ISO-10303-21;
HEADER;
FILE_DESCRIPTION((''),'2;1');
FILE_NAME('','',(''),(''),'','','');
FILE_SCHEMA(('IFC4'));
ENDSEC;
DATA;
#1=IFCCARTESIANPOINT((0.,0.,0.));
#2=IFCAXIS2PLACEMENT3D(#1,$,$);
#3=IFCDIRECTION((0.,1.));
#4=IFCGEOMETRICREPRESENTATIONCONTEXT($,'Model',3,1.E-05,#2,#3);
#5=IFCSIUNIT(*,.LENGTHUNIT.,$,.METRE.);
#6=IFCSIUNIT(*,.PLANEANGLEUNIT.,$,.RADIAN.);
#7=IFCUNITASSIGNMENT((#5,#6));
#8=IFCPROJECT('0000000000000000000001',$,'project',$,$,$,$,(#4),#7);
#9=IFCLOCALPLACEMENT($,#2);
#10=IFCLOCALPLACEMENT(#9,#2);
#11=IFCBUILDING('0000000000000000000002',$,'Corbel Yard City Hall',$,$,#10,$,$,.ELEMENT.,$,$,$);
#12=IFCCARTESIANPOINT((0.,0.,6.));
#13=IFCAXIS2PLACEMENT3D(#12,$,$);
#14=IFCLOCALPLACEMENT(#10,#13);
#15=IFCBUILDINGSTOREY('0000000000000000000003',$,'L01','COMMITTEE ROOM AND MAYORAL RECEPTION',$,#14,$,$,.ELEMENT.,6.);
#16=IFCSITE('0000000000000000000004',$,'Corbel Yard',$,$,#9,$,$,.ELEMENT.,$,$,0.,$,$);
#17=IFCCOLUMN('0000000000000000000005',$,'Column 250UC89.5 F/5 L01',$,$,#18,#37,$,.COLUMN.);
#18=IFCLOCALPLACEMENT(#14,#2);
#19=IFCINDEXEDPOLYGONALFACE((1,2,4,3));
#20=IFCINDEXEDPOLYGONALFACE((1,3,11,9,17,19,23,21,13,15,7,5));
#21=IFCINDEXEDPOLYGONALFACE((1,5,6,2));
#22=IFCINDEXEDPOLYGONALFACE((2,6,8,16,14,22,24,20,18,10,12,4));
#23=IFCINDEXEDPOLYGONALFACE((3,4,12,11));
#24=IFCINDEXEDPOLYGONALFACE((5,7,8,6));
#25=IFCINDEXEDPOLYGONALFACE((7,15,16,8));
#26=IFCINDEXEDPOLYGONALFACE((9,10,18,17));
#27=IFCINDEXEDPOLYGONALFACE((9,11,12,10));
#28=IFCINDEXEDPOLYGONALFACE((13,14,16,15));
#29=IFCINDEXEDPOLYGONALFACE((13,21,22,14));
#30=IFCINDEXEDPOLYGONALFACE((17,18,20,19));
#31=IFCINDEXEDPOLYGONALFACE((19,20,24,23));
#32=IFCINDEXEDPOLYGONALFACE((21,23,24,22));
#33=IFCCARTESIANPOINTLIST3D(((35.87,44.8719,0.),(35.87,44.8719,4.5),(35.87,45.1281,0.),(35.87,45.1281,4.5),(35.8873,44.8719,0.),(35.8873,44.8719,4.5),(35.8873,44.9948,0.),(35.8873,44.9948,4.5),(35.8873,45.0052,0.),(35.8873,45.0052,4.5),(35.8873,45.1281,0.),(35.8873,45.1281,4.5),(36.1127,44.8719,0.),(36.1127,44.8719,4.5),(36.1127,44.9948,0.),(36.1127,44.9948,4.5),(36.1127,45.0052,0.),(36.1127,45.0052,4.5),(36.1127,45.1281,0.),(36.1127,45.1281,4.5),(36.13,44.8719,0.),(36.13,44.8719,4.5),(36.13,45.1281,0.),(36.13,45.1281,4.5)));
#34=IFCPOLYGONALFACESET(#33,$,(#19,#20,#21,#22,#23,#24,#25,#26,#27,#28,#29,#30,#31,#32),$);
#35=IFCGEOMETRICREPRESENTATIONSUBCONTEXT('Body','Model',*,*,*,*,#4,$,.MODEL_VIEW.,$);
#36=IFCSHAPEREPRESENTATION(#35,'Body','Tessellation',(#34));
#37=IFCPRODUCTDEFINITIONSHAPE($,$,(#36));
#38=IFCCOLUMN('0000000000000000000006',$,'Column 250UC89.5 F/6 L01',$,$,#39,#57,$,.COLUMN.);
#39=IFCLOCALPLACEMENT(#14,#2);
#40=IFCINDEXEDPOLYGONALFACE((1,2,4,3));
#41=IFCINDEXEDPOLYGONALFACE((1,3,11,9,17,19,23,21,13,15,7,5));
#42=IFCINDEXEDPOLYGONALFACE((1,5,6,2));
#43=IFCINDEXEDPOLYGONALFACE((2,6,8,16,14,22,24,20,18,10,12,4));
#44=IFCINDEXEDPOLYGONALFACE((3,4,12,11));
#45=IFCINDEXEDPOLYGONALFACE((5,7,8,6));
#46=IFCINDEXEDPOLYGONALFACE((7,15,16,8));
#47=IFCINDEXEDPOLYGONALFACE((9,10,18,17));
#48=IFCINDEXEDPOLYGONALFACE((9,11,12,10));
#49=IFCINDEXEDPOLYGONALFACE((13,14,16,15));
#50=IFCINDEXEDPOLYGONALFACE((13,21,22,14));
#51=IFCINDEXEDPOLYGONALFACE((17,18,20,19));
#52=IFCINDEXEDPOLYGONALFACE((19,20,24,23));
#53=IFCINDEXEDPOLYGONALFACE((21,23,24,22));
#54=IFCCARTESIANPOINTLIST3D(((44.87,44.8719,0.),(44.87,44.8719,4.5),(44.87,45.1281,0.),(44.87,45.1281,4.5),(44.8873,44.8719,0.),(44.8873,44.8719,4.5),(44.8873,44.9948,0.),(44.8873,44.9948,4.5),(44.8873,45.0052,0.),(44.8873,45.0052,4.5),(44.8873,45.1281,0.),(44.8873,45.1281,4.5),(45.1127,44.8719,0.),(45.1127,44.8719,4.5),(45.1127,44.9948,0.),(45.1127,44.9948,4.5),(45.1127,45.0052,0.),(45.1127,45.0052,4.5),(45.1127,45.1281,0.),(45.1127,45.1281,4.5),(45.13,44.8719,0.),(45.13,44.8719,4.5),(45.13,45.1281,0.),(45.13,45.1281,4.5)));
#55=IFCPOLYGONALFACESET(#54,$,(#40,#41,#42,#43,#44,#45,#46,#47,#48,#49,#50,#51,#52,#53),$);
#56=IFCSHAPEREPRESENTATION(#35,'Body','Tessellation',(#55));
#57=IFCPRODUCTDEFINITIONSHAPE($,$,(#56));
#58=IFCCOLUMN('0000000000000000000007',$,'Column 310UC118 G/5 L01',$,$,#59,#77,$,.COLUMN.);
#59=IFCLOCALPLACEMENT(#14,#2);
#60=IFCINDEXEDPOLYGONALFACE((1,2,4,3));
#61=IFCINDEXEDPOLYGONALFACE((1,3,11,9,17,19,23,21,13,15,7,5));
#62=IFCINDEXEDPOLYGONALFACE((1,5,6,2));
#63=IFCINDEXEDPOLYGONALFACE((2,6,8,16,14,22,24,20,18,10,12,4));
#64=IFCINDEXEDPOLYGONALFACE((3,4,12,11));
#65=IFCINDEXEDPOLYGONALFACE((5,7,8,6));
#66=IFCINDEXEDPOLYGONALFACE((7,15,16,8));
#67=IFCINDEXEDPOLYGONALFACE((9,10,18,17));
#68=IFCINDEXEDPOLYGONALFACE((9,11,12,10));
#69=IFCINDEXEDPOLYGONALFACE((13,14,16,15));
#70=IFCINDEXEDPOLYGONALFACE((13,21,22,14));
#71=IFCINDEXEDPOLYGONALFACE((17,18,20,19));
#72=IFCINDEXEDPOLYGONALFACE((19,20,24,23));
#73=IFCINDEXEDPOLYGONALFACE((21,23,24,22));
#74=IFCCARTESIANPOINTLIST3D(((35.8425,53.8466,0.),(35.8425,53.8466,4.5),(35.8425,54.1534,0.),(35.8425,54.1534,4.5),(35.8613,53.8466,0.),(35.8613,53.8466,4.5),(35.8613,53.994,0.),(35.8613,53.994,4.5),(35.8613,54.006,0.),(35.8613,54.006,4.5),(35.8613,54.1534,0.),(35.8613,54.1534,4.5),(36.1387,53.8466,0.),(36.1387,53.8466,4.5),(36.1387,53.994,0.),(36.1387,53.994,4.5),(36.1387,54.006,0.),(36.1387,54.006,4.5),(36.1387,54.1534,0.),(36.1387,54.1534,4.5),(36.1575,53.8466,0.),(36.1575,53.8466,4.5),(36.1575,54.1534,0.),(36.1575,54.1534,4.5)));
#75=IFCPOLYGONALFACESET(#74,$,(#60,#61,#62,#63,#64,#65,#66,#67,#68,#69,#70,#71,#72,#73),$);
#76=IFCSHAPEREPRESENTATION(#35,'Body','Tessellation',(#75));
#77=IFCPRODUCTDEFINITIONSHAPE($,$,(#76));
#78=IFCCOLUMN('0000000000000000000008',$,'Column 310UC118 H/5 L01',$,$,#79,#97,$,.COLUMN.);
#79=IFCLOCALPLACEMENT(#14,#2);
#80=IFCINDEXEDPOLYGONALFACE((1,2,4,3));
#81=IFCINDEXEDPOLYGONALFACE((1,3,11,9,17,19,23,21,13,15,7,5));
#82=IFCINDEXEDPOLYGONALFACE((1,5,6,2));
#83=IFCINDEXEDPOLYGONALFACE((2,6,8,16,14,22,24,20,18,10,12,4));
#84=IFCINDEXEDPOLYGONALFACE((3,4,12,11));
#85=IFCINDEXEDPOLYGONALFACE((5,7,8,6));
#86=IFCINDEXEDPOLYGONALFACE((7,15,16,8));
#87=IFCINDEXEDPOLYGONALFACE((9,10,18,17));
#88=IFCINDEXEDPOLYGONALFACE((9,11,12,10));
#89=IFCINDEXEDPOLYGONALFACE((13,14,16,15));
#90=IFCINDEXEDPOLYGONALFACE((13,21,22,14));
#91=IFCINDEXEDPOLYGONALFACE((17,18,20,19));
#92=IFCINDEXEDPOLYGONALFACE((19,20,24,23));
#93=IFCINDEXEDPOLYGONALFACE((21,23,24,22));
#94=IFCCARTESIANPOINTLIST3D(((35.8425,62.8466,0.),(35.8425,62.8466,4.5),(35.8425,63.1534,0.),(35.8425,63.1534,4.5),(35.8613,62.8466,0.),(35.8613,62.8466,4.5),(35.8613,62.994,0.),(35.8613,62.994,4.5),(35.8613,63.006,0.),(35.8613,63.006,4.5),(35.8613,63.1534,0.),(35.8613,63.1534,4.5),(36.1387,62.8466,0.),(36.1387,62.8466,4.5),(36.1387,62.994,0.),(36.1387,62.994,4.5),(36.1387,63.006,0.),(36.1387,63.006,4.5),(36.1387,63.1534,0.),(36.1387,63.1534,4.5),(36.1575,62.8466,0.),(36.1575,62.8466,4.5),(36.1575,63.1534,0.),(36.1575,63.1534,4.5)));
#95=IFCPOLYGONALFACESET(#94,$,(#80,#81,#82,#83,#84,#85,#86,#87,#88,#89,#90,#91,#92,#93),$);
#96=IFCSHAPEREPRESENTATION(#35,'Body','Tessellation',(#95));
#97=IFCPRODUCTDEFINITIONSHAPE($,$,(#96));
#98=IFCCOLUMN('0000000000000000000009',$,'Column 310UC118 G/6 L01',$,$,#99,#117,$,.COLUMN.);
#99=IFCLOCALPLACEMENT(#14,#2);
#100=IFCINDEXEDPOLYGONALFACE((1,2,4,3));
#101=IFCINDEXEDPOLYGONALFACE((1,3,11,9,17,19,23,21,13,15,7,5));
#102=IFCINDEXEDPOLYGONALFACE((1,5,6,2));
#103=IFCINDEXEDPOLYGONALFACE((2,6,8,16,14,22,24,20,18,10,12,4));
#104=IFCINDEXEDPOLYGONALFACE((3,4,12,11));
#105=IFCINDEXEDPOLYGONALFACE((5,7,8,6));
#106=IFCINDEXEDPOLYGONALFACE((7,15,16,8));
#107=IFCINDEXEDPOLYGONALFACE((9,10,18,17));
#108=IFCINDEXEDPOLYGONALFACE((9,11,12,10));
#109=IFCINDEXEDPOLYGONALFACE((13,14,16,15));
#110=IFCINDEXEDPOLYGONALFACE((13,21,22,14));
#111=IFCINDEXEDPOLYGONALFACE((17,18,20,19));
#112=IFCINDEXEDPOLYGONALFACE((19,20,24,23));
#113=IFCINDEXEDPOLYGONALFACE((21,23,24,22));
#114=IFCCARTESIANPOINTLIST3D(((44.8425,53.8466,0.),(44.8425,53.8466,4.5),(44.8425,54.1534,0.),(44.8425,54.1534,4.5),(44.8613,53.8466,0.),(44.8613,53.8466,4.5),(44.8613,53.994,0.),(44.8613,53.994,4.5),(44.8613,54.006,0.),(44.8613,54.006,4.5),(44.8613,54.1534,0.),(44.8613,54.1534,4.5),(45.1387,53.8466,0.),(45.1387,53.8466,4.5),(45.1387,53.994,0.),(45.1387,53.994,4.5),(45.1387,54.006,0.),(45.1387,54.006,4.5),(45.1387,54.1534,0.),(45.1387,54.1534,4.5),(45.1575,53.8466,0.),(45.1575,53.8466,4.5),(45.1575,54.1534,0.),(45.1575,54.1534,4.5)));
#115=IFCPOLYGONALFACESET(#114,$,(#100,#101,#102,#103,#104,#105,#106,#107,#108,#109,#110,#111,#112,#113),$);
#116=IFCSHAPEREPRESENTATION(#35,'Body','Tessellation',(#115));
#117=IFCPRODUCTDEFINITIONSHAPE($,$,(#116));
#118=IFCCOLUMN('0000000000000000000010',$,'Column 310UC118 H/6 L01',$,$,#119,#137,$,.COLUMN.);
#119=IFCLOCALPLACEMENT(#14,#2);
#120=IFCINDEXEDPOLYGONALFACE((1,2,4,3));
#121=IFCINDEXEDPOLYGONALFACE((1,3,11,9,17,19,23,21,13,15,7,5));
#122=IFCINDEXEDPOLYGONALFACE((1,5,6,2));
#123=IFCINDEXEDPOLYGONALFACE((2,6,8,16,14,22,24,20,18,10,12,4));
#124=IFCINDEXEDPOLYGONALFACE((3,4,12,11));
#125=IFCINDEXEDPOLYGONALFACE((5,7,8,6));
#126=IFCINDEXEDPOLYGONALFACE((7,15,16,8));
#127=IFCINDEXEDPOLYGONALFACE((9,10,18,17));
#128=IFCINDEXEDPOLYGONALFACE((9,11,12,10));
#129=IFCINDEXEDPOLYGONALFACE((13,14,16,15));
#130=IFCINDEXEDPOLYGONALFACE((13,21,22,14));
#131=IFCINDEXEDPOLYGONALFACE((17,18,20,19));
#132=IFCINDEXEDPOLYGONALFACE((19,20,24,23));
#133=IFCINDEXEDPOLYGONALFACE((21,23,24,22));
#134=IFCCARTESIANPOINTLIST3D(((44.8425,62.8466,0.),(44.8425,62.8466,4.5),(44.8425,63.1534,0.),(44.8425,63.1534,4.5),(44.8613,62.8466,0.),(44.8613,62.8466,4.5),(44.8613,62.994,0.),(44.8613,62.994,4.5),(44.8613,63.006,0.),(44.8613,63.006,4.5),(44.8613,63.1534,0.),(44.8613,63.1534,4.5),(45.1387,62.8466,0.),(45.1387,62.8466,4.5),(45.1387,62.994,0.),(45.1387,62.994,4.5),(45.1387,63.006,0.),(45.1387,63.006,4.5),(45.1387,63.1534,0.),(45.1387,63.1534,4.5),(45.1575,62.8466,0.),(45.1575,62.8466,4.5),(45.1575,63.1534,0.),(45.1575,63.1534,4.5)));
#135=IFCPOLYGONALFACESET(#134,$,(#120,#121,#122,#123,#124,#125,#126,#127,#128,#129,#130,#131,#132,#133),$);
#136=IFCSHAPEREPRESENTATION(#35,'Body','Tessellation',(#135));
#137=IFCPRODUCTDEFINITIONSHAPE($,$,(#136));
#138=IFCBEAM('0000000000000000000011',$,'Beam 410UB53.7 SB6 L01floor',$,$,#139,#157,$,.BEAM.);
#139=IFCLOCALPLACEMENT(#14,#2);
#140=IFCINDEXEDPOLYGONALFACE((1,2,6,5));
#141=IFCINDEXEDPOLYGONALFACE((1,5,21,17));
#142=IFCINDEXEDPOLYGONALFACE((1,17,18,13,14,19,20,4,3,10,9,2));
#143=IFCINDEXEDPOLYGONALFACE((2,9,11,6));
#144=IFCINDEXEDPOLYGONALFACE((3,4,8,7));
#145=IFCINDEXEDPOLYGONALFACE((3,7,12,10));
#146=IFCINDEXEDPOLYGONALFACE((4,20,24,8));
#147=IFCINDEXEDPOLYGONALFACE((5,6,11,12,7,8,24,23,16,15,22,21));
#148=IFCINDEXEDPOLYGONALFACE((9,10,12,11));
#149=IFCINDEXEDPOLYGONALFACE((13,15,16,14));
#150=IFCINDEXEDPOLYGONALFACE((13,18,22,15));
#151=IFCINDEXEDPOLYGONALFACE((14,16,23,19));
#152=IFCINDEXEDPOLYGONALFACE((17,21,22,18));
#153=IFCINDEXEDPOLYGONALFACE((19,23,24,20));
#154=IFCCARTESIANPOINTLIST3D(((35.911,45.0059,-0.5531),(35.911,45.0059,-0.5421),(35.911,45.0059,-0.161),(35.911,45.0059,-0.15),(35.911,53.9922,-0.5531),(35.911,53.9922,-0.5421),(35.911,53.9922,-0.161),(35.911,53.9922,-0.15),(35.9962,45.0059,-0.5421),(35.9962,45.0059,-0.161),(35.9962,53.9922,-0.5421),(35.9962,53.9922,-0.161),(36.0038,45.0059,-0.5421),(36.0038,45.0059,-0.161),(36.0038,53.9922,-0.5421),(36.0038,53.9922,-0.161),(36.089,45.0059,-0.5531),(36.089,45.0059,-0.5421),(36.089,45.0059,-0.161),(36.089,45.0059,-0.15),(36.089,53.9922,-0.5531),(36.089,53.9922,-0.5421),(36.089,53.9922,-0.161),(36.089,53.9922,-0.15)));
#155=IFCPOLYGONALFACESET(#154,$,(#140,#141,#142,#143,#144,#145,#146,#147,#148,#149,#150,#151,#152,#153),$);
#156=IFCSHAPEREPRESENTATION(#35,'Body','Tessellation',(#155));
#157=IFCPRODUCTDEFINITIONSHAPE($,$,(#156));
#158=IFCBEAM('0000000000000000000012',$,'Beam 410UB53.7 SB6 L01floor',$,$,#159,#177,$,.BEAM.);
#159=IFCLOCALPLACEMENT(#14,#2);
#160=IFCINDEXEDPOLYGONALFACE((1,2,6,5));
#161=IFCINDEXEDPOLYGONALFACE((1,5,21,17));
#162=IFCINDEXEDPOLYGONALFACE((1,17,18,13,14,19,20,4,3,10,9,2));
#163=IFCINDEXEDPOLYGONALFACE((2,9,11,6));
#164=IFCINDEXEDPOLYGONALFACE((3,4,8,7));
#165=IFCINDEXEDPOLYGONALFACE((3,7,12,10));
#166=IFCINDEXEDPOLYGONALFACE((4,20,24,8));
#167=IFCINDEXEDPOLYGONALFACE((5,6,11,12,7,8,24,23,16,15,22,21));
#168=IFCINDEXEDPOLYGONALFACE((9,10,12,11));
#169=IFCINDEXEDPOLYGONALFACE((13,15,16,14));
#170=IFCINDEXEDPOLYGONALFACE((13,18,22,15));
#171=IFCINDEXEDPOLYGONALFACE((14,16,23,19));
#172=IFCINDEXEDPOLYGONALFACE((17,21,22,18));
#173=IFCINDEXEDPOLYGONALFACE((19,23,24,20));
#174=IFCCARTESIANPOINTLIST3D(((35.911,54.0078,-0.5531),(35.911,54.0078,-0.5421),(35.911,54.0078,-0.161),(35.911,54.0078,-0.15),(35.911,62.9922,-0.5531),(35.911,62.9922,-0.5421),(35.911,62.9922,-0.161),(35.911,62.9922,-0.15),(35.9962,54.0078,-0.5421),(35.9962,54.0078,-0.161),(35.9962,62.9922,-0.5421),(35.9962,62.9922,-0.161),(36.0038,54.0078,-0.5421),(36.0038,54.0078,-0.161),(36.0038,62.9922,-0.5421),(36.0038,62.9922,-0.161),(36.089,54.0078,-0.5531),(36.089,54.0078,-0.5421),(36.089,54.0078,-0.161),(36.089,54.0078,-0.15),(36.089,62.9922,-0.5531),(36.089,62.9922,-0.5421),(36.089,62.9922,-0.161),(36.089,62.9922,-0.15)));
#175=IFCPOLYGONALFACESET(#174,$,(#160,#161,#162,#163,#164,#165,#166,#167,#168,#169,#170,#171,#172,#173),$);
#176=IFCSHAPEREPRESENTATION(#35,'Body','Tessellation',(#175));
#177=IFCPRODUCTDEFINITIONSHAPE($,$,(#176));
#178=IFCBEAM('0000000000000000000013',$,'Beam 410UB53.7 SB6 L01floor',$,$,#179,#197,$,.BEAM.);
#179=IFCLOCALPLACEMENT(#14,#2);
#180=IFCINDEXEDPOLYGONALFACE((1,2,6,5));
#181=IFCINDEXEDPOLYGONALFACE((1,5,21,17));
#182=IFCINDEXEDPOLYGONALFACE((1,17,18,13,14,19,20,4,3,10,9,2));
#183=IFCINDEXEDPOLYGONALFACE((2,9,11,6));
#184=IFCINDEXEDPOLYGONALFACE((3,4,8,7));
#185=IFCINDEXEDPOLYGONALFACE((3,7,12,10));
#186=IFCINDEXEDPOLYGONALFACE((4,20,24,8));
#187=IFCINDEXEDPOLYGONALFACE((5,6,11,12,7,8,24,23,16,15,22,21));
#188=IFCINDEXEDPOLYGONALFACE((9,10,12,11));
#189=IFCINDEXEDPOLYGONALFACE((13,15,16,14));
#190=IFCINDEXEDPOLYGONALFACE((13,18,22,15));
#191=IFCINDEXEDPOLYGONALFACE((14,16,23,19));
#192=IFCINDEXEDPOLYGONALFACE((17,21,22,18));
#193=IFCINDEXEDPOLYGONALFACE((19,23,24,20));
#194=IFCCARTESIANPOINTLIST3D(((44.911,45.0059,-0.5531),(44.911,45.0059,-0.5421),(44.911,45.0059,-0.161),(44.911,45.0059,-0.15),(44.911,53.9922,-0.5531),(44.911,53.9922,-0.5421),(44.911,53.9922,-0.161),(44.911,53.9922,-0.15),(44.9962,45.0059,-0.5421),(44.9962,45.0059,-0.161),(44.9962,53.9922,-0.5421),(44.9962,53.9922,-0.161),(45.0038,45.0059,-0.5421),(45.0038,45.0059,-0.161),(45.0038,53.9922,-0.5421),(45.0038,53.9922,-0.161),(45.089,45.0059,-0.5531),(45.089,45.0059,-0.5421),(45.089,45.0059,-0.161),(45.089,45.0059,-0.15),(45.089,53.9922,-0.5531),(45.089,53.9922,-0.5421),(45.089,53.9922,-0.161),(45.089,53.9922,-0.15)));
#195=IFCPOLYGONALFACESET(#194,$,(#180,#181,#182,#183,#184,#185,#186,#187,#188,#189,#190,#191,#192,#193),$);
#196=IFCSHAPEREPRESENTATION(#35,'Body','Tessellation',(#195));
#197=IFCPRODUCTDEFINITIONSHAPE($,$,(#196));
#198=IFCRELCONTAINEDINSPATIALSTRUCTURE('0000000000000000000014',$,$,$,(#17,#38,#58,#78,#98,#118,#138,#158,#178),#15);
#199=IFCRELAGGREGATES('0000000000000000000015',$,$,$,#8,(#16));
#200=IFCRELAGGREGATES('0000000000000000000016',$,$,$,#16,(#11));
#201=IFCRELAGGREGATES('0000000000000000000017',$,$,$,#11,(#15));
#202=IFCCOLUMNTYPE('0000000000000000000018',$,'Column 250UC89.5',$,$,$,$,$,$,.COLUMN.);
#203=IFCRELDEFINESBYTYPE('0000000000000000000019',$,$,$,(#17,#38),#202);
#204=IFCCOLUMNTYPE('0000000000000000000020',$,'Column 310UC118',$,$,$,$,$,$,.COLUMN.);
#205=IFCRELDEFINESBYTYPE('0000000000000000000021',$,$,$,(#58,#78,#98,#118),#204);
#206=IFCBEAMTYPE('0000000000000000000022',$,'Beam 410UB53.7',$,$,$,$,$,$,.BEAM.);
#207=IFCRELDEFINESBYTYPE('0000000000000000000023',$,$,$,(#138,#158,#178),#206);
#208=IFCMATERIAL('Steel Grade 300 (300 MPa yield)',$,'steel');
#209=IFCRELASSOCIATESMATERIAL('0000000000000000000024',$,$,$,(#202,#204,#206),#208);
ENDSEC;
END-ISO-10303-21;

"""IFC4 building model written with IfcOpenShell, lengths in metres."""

from ifc_helpers import new_model, si_unit, direction, frame, origin, origin_2d, place, context, subcontext, project, spatial, i_section, extrude, material, material_profile, profile_set, type_object, element, save


model = new_model("IFC4")

# Units and contexts
model_context = context("Model", 3, precision=1e-05, world=origin(), true_north=direction((0.0, 1.0)))
body_context = subcontext(model_context, "Body", "Model", "MODEL_VIEW")
ifc_project = project(units=[si_unit("LENGTHUNIT", "METRE"), si_unit("PLANEANGLEUNIT", "RADIAN")], contexts=[model_context])

# Site, building, storey
site_placement = place(None, origin())
site = spatial("IfcSite", under=ifc_project, at=site_placement, Name="Corbel Yard", CompositionType="ELEMENT", RefElevation=0.0)
building_placement = place(site_placement, origin())
building = spatial("IfcBuilding", under=site, at=building_placement, Name="Corbel Yard City Hall", CompositionType="ELEMENT")
storey_placement = place(building_placement, frame((0.0, 0.0, 6.0)))
storey = spatial("IfcBuildingStorey", under=building, at=storey_placement, Name="L01", Description="COMMITTEE ROOM AND MAYORAL RECEPTION", CompositionType="ELEMENT", Elevation=6.0)

# Columns
ifc_material_1 = material(Name="Steel Grade 300 (300 MPa yield)", Category="steel")
ifc_material_profile_1 = material_profile(ifc_material_1, i_section(OverallWidth=0.2561, OverallDepth=0.26, WebThickness=0.0105, FlangeThickness=0.0173, at=origin_2d()), Name="250UC89.5")
ifc_profile_set_1 = profile_set([ifc_material_profile_1], Name="Steel Grade 300 (300 MPa yield)")
column_type_1 = type_object("IfcColumnType", Name="Column 250UC89.5", PredefinedType="COLUMN", material=ifc_profile_set_1)
for number, where, z_axis, x_axis, name in (
    (1, (36.0, 45.0, 0.0), (0.0, 0.0, 1.0), (0.0, 1.0, 0.0), "Column 250UC89.5 F/5 L01"),
    (2, (45.0, 45.0, 0.0), (0.0, 0.0, 1.0), (0.0, 1.0, 0.0), "Column 250UC89.5 F/6 L01"),
):
    element("IfcColumn", number, at=place(storey_placement, frame(where, z_axis=z_axis, x_axis=x_axis)), inside=storey, type_object=column_type_1, Name=name, PredefinedType="COLUMN", context=body_context, shape_type="SweptSolid", body=[
        extrude(i_section(OverallWidth=0.2561, OverallDepth=0.26, WebThickness=0.0105, FlangeThickness=0.0173, at=origin_2d()), origin(), (0.0, 0.0, 1.0), 4.5),
    ])
ifc_material_profile_2 = material_profile(ifc_material_1, i_section(OverallWidth=0.3069, OverallDepth=0.3149, WebThickness=0.012, FlangeThickness=0.0188, at=origin_2d()), Name="310UC118")
ifc_profile_set_2 = profile_set([ifc_material_profile_2], Name="Steel Grade 300 (300 MPa yield)")
column_type_2 = type_object("IfcColumnType", Name="Column 310UC118", PredefinedType="COLUMN", material=ifc_profile_set_2)
for number, where, z_axis, x_axis, name in (
    (3, (36.0, 54.0, 0.0), (0.0, 0.0, 1.0), (0.0, 1.0, 0.0), "Column 310UC118 G/5 L01"),
    (4, (36.0, 63.0, 0.0), (0.0, 0.0, 1.0), (0.0, 1.0, 0.0), "Column 310UC118 H/5 L01"),
    (5, (45.0, 54.0, 0.0), (0.0, 0.0, 1.0), (0.0, 1.0, 0.0), "Column 310UC118 G/6 L01"),
    (6, (45.0, 63.0, 0.0), (0.0, 0.0, 1.0), (0.0, 1.0, 0.0), "Column 310UC118 H/6 L01"),
):
    element("IfcColumn", number, at=place(storey_placement, frame(where, z_axis=z_axis, x_axis=x_axis)), inside=storey, type_object=column_type_2, Name=name, PredefinedType="COLUMN", context=body_context, shape_type="SweptSolid", body=[
        extrude(i_section(OverallWidth=0.3069, OverallDepth=0.3149, WebThickness=0.012, FlangeThickness=0.0188, at=origin_2d()), origin(), (0.0, 0.0, 1.0), 4.5),
    ])

# Beams
ifc_material_profile_3 = material_profile(ifc_material_1, i_section(OverallWidth=0.178, OverallDepth=0.4031, WebThickness=0.0076, FlangeThickness=0.011, at=origin_2d()), Name="410UB53.7")
ifc_profile_set_3 = profile_set([ifc_material_profile_3], Name="Steel Grade 300 (300 MPa yield)")
beam_type_1 = type_object("IfcBeamType", Name="Beam 410UB53.7", PredefinedType="BEAM", material=ifc_profile_set_3)
beam_1_placement = place(storey_placement, frame((36.0, 45.0059, -0.3516), z_axis=(0.0, 1.0, 0.0), x_axis=(-1.0, 0.0, 0.0)))
element("IfcBeam", 7, at=beam_1_placement, inside=storey, type_object=beam_type_1, Name="Beam 410UB53.7 SB6 L01floor", PredefinedType="BEAM", context=body_context, shape_type="SweptSolid", body=[
    extrude(i_section(OverallWidth=0.178, OverallDepth=0.4031, WebThickness=0.0076, FlangeThickness=0.011, at=origin_2d()), origin(), (0.0, 0.0, 1.0), 8.9863),
])
beam_2_placement = place(storey_placement, frame((36.0, 54.0078, -0.3516), z_axis=(0.0, 1.0, 0.0), x_axis=(-1.0, 0.0, 0.0)))
element("IfcBeam", 8, at=beam_2_placement, inside=storey, type_object=beam_type_1, Name="Beam 410UB53.7 SB6 L01floor", PredefinedType="BEAM", context=body_context, shape_type="SweptSolid", body=[
    extrude(i_section(OverallWidth=0.178, OverallDepth=0.4031, WebThickness=0.0076, FlangeThickness=0.011, at=origin_2d()), origin(), (0.0, 0.0, 1.0), 8.9844),
])
beam_3_placement = place(storey_placement, frame((45.0, 45.0059, -0.3516), z_axis=(0.0, 1.0, 0.0), x_axis=(-1.0, 0.0, 0.0)))
element("IfcBeam", 9, at=beam_3_placement, inside=storey, type_object=beam_type_1, Name="Beam 410UB53.7 SB6 L01floor", PredefinedType="BEAM", context=body_context, shape_type="SweptSolid", body=[
    extrude(i_section(OverallWidth=0.178, OverallDepth=0.4031, WebThickness=0.0076, FlangeThickness=0.011, at=origin_2d()), origin(), (0.0, 0.0, 1.0), 8.9863),
])

save(model, "model.ifc")
